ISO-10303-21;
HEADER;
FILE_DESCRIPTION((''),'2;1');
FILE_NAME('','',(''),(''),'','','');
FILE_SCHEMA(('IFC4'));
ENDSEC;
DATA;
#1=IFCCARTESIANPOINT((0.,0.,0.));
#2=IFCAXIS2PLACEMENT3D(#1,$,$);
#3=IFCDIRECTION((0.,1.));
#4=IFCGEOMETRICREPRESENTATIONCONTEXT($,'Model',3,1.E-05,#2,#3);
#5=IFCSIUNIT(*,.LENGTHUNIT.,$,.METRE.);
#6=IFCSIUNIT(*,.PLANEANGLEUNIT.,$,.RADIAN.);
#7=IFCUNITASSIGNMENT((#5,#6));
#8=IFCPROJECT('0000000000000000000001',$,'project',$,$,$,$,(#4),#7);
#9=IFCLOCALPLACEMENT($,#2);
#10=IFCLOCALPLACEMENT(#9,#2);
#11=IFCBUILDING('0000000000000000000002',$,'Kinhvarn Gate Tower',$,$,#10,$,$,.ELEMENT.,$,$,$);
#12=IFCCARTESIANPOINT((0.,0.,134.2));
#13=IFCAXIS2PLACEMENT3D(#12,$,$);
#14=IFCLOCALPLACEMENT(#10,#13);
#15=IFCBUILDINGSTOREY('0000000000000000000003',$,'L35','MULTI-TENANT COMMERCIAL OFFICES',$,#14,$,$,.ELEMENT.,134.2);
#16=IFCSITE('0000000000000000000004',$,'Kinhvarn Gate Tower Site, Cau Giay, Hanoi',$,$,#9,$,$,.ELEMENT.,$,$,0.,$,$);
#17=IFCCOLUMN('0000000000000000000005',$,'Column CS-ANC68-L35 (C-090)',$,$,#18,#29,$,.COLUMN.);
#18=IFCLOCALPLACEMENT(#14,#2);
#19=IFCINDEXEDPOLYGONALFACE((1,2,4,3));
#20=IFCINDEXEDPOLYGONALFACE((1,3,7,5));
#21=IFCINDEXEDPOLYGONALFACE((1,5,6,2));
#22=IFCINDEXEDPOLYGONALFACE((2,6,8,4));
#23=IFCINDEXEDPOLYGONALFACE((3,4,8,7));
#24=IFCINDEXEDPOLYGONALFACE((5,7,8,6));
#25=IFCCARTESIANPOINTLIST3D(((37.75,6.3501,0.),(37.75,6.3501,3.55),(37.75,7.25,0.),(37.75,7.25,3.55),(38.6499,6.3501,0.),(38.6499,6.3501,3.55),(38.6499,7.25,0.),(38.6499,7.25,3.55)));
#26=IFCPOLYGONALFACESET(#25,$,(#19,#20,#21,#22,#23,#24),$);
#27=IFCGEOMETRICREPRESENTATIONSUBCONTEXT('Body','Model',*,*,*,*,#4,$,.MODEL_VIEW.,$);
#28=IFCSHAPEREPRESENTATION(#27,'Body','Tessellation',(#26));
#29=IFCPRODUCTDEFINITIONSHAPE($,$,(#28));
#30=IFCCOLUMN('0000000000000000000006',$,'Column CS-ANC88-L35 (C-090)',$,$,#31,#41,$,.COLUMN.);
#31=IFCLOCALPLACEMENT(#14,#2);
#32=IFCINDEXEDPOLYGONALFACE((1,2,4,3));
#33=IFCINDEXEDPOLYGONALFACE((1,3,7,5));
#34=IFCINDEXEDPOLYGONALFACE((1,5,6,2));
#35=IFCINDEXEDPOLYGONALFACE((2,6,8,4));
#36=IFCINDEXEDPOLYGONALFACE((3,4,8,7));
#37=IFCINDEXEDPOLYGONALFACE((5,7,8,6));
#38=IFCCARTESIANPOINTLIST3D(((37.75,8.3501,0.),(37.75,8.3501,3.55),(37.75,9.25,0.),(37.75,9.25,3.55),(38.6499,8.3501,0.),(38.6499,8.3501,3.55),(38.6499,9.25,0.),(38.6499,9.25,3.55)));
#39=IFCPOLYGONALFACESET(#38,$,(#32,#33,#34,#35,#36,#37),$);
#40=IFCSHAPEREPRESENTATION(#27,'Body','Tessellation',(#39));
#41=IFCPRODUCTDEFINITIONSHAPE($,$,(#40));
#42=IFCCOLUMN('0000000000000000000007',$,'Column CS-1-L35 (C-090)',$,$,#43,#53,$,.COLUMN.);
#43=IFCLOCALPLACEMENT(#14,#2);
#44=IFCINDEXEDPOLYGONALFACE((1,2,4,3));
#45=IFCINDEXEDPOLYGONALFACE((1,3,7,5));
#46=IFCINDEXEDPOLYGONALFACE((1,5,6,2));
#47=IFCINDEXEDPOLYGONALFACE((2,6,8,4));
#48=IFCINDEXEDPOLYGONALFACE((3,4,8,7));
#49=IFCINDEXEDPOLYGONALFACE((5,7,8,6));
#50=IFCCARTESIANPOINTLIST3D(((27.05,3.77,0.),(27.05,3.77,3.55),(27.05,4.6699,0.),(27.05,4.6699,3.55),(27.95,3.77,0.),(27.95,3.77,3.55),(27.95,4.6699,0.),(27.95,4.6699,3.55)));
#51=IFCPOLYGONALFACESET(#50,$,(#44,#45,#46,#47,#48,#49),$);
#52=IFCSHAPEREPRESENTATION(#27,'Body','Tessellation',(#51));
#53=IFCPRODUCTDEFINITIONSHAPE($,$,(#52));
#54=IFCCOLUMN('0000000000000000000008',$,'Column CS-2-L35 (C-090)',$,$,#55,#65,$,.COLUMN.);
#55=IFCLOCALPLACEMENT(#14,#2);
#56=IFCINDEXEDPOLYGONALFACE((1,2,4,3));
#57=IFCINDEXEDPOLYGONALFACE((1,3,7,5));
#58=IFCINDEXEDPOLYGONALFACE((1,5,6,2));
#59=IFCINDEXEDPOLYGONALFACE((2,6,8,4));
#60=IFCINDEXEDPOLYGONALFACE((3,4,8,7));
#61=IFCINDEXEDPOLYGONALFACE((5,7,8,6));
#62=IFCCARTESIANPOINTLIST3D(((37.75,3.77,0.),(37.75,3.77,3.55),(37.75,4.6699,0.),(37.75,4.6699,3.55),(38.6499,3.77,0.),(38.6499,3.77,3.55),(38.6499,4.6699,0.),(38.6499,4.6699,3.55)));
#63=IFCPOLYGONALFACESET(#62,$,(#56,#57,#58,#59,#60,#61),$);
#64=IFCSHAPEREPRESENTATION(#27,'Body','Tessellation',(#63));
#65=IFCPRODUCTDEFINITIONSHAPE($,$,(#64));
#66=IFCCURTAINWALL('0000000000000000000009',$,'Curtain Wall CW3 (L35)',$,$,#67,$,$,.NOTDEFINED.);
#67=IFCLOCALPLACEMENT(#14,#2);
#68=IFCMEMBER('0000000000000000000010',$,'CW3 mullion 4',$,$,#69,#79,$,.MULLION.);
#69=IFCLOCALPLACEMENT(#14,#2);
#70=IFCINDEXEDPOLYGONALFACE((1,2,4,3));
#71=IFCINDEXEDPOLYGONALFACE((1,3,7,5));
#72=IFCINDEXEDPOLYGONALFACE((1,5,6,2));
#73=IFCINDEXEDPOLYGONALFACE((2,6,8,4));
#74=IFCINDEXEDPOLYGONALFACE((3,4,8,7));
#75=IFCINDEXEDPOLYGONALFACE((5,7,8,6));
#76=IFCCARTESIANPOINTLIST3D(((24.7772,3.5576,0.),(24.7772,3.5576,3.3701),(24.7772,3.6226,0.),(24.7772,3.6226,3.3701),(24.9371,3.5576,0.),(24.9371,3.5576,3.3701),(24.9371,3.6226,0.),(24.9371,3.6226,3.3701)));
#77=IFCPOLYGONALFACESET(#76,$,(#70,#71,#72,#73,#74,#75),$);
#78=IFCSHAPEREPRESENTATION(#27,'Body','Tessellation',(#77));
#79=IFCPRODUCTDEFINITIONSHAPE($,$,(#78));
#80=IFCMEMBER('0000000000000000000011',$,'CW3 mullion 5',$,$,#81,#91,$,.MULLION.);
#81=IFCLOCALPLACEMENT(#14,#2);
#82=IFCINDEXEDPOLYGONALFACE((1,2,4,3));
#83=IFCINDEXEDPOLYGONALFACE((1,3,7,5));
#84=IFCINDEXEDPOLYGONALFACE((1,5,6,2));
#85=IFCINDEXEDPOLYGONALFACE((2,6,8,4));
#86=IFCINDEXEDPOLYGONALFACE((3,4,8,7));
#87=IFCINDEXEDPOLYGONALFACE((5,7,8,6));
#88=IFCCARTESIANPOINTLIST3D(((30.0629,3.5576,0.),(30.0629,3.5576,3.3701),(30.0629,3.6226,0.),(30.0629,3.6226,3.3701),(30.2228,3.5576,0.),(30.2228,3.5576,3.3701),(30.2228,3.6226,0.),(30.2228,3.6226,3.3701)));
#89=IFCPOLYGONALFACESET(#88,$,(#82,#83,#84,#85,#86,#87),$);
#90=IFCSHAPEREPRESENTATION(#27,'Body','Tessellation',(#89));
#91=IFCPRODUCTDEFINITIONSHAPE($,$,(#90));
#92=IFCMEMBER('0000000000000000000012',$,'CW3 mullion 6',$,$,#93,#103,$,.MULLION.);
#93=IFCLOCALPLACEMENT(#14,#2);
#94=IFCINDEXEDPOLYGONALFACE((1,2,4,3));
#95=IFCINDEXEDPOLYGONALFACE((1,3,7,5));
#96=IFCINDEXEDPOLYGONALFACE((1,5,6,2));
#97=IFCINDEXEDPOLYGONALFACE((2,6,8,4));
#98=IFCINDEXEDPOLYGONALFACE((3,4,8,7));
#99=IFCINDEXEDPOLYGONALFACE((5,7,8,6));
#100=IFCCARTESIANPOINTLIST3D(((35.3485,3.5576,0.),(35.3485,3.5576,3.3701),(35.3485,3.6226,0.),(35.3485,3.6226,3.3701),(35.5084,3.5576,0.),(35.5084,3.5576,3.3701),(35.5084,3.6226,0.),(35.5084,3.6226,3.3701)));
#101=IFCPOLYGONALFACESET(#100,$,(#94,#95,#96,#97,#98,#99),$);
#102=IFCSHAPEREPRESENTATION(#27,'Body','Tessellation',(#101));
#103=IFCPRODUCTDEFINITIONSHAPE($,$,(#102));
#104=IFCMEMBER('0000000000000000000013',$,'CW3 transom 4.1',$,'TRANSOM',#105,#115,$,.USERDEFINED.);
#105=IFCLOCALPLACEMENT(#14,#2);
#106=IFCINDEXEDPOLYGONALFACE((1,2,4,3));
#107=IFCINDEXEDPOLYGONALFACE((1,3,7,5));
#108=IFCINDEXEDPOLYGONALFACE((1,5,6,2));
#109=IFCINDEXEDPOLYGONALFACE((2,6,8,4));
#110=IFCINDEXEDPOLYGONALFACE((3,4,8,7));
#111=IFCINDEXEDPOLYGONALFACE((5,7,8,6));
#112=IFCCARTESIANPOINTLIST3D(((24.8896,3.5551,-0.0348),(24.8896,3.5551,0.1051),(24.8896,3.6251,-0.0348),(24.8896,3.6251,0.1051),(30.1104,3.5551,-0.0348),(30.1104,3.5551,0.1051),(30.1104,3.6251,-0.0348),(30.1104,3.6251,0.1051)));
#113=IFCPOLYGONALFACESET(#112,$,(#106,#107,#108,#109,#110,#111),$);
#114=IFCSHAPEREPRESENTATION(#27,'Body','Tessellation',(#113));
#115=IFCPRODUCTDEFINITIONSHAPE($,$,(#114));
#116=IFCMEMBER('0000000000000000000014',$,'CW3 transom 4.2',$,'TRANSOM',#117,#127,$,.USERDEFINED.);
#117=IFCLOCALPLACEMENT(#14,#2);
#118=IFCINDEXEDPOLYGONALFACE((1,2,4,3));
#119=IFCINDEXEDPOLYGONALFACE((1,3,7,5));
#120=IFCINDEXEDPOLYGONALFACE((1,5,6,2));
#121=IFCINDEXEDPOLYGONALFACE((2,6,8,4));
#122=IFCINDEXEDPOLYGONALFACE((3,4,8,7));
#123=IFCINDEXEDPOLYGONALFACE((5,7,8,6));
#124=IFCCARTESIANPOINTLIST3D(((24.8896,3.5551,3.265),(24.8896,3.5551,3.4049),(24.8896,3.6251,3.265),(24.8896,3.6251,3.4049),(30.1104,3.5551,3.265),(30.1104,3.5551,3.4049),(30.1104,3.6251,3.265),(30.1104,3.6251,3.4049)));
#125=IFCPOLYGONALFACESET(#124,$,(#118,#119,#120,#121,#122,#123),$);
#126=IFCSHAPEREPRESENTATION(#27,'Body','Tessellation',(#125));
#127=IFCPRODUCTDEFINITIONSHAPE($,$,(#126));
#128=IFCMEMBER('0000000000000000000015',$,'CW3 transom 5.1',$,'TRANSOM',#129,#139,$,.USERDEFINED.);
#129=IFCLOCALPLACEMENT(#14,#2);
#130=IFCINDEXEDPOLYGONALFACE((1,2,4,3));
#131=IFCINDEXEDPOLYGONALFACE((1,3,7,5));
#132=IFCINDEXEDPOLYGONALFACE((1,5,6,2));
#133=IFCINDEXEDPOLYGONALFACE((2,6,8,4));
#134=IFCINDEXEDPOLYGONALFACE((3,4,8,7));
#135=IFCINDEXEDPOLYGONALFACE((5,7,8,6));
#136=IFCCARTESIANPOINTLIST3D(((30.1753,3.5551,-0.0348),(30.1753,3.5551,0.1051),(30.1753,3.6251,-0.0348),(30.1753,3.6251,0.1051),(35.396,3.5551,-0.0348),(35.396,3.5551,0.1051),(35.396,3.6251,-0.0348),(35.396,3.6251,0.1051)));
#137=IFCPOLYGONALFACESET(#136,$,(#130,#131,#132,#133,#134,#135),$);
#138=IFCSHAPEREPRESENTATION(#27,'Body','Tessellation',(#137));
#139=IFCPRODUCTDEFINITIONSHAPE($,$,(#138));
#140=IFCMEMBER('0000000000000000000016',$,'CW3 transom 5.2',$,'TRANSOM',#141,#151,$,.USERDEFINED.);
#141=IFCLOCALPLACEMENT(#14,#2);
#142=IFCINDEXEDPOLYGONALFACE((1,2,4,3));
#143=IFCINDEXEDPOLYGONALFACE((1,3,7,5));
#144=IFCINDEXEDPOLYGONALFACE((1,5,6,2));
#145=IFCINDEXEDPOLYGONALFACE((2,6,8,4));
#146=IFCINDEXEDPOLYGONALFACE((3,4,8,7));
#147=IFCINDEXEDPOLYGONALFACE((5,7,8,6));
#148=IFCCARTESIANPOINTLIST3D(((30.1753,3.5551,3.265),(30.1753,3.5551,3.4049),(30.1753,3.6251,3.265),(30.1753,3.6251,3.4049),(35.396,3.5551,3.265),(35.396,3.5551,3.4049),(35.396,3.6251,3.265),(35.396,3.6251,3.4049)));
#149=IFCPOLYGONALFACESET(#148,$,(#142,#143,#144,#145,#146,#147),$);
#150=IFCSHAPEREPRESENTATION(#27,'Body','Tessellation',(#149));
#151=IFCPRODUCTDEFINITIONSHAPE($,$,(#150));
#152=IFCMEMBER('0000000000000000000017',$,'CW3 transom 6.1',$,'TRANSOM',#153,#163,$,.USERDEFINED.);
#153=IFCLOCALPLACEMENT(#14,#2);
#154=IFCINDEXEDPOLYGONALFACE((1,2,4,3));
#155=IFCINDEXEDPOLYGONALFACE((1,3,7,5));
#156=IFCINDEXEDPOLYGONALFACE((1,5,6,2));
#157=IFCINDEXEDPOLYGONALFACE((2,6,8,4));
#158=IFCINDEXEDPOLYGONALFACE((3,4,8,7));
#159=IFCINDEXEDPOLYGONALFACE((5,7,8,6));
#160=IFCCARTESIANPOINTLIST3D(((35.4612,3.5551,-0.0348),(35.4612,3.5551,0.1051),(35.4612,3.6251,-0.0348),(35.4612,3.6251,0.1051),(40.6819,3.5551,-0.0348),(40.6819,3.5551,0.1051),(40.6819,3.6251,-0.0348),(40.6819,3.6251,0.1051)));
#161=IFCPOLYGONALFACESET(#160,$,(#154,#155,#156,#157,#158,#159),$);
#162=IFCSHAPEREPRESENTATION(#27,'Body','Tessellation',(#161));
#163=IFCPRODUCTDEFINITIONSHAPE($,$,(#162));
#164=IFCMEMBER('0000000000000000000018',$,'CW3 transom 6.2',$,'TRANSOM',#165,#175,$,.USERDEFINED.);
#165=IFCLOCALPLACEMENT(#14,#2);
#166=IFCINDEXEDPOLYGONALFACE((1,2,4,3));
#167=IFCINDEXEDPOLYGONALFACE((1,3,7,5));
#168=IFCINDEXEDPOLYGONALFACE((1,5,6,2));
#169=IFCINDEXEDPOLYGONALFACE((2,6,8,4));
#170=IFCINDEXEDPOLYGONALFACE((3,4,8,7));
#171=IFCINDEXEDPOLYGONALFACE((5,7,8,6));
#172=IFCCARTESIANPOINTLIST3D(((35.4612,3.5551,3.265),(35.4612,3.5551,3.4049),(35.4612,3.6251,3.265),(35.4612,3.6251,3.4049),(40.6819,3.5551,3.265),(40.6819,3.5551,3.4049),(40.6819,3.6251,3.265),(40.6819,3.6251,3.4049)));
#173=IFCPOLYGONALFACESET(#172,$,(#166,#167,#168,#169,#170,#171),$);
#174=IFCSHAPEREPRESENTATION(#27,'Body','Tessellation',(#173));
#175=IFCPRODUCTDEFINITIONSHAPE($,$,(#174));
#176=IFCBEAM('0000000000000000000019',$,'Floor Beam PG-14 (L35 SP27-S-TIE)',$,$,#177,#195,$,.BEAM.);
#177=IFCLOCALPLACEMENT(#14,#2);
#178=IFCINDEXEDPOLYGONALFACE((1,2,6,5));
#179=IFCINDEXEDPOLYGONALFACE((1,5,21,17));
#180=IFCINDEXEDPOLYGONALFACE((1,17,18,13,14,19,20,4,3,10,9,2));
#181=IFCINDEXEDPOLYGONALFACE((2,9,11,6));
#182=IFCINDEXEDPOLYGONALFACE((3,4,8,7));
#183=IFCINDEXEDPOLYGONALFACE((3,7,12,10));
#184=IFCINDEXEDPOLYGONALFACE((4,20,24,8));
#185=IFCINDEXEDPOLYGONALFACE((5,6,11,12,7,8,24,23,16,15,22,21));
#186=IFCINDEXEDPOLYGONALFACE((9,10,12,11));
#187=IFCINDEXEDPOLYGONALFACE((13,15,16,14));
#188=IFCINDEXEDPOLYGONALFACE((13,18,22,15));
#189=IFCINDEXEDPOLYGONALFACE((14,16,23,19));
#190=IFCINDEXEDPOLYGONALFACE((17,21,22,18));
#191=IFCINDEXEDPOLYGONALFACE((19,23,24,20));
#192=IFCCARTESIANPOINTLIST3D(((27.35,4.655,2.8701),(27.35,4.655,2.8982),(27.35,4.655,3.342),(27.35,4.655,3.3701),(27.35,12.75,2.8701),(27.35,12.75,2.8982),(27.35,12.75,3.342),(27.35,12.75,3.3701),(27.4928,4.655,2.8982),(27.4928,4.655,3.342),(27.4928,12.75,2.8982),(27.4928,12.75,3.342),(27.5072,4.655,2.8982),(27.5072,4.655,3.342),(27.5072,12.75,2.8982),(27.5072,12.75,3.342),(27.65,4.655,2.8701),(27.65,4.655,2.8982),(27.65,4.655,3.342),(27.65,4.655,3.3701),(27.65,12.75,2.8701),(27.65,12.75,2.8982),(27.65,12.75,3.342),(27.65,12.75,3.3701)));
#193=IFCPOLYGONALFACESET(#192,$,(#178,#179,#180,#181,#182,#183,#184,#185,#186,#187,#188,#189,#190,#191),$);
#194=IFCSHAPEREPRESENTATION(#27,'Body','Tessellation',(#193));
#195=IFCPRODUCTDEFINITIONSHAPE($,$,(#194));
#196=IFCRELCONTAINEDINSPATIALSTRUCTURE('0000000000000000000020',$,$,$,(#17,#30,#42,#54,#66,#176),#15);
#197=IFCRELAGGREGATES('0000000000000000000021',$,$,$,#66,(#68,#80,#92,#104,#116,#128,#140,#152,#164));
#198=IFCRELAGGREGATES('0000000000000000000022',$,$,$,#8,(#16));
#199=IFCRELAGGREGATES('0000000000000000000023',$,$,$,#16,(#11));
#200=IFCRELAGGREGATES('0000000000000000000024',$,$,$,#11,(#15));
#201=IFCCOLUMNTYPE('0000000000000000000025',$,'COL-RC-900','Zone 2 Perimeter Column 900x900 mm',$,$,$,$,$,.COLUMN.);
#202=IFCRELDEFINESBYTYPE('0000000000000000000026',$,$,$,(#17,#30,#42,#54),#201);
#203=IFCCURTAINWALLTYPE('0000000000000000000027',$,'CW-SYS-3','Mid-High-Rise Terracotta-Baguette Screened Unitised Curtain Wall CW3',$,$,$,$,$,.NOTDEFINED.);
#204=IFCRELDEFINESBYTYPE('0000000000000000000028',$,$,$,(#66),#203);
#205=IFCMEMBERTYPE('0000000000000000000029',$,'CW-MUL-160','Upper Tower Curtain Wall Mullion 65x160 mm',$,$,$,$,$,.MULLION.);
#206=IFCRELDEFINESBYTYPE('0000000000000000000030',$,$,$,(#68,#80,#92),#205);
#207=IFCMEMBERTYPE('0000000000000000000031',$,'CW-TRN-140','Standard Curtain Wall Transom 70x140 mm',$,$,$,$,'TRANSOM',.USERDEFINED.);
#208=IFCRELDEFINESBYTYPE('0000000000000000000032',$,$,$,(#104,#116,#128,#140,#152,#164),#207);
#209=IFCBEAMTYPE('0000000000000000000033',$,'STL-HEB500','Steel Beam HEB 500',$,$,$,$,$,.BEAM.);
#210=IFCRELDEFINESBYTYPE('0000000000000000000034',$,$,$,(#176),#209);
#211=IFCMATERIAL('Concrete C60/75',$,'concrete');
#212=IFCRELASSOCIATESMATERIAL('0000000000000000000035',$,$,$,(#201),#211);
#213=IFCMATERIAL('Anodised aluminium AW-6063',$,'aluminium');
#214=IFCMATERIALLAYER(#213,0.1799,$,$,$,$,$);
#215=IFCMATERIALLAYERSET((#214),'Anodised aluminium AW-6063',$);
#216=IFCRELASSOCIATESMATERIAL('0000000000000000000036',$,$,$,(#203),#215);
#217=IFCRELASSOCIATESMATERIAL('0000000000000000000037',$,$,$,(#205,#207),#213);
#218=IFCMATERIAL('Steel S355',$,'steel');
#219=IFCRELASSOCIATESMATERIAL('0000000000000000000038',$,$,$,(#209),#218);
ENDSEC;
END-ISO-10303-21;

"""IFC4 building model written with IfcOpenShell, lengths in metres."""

from ifc_helpers import new_model, si_unit, direction, frame, origin, origin_2d, place, context, subcontext, project, spatial, rectangle, i_section, extrude, material, layer, layer_set, material_profile, profile_set, type_object, element, aggregate, save


model = new_model("IFC4")

# Units and contexts
model_context = context("Model", 3, precision=1e-05, world=origin(), true_north=direction((0.0, 1.0)))
body_context = subcontext(model_context, "Body", "Model", "MODEL_VIEW")
ifc_project = project(units=[si_unit("LENGTHUNIT", "METRE"), si_unit("PLANEANGLEUNIT", "RADIAN")], contexts=[model_context])

# Site, building, storey
site_placement = place(None, origin())
site = spatial("IfcSite", under=ifc_project, at=site_placement, Name="Kinhvarn Gate Tower Site, Cau Giay, Hanoi", CompositionType="ELEMENT", RefElevation=0.0)
building_placement = place(site_placement, origin())
building = spatial("IfcBuilding", under=site, at=building_placement, Name="Kinhvarn Gate Tower", CompositionType="ELEMENT")
storey_placement = place(building_placement, frame((0.0, 0.0, 134.2)))
storey = spatial("IfcBuildingStorey", under=building, at=storey_placement, Name="L35", Description="MULTI-TENANT COMMERCIAL OFFICES", CompositionType="ELEMENT", Elevation=134.2)

# Columns
ifc_material_1 = material(Name="Concrete C60/75", Category="concrete")
ifc_material_profile_1 = material_profile(ifc_material_1, rectangle(XDim=0.8999, YDim=0.8999, at=origin_2d()), Name="RC 900x900")
ifc_profile_set_1 = profile_set([ifc_material_profile_1], Name="Concrete C60/75")
column_type = type_object("IfcColumnType", Name="COL-RC-900", Description="Zone 2 Perimeter Column 900x900 mm", PredefinedType="COLUMN", material=ifc_profile_set_1)
for number, where, z_axis, x_axis, name in (
    (1, (38.2, 6.8, 0.0), (0.0, 0.0, 1.0), (1.0, 0.0, 0.0), "Column CS-ANC68-L35 (C-090)"),
    (2, (38.2, 8.8, 0.0), (0.0, 0.0, 1.0), (1.0, 0.0, 0.0), "Column CS-ANC88-L35 (C-090)"),
    (3, (27.5, 4.22, 0.0), (0.0, 0.0, 1.0), (1.0, 0.0, 0.0), "Column CS-1-L35 (C-090)"),
    (4, (38.2, 4.22, 0.0), (0.0, 0.0, 1.0), (1.0, 0.0, 0.0), "Column CS-2-L35 (C-090)"),
):
    element("IfcColumn", number, at=place(storey_placement, frame(where, z_axis=z_axis, x_axis=x_axis)), inside=storey, type_object=column_type, Name=name, PredefinedType="COLUMN", context=body_context, shape_type="SweptSolid", body=[
        extrude(rectangle(XDim=0.8999, YDim=0.8999, at=origin_2d()), origin(), (0.0, 0.0, 1.0), 3.55),
    ])

# Curtain wall, members
ifc_material_2 = material(Name="Anodised aluminium AW-6063", Category="aluminium")
ifc_layer_1 = layer(ifc_material_2, 0.1799)
ifc_layer_set_1 = layer_set([ifc_layer_1], Name="Anodised aluminium AW-6063")
curtain_wall_type = type_object("IfcCurtainWallType", Name="CW-SYS-3", Description="Mid-High-Rise Terracotta-Baguette Screened Unitised Curtain Wall CW3", PredefinedType="NOTDEFINED", material=ifc_layer_set_1)
curtain_wall_placement = place(storey_placement, origin())
curtain_wall = element("IfcCurtainWall", 5, at=curtain_wall_placement, inside=storey, type_object=curtain_wall_type, Name="Curtain Wall CW3 (L35)", PredefinedType="NOTDEFINED")
ifc_material_profile_2 = material_profile(ifc_material_2, rectangle(XDim=0.0649, YDim=0.1599, at=origin_2d()), Name="ALU 65x160")
ifc_profile_set_2 = profile_set([ifc_material_profile_2], Name="Anodised aluminium AW-6063")
member_type_1 = type_object("IfcMemberType", Name="CW-MUL-160", Description="Upper Tower Curtain Wall Mullion 65x160 mm", PredefinedType="MULLION", material=ifc_profile_set_2)
member_1_placement = place(storey_placement, frame((24.8572, 3.5901, 0.0), z_axis=(0.0, 0.0, 1.0), x_axis=(0.0, 1.0, 0.0)))
member_1 = element("IfcMember", 6, at=member_1_placement, type_object=member_type_1, Name="CW3 mullion 4", PredefinedType="MULLION", context=body_context, shape_type="SweptSolid", body=[
    extrude(rectangle(XDim=0.0649, YDim=0.1599, at=origin_2d()), origin(), (0.0, 0.0, 1.0), 3.3701),
])
member_2_placement = place(storey_placement, frame((30.1428, 3.5901, 0.0), z_axis=(0.0, 0.0, 1.0), x_axis=(0.0, 1.0, 0.0)))
member_2 = element("IfcMember", 7, at=member_2_placement, type_object=member_type_1, Name="CW3 mullion 5", PredefinedType="MULLION", context=body_context, shape_type="SweptSolid", body=[
    extrude(rectangle(XDim=0.0649, YDim=0.1599, at=origin_2d()), origin(), (0.0, 0.0, 1.0), 3.3701),
])
member_3_placement = place(storey_placement, frame((35.4285, 3.5901, 0.0), z_axis=(0.0, 0.0, 1.0), x_axis=(0.0, 1.0, 0.0)))
member_3 = element("IfcMember", 8, at=member_3_placement, type_object=member_type_1, Name="CW3 mullion 6", PredefinedType="MULLION", context=body_context, shape_type="SweptSolid", body=[
    extrude(rectangle(XDim=0.0649, YDim=0.1599, at=origin_2d()), origin(), (0.0, 0.0, 1.0), 3.3701),
])
ifc_material_profile_3 = material_profile(ifc_material_2, rectangle(XDim=0.0701, YDim=0.1399, at=origin_2d()), Name="ALU 70x140")
ifc_profile_set_3 = profile_set([ifc_material_profile_3], Name="Anodised aluminium AW-6063")
member_type_2 = type_object("IfcMemberType", Name="CW-TRN-140", Description="Standard Curtain Wall Transom 70x140 mm", ElementType="TRANSOM", PredefinedType="USERDEFINED", material=ifc_profile_set_3)
member_4_placement = place(storey_placement, frame((24.8896, 3.5901, 0.0352), z_axis=(1.0, 0.0, 0.0), x_axis=(0.0, 1.0, 0.0)))
member_4 = element("IfcMember", 9, at=member_4_placement, type_object=member_type_2, Name="CW3 transom 4.1", ObjectType="TRANSOM", PredefinedType="USERDEFINED", context=body_context, shape_type="SweptSolid", body=[
    extrude(rectangle(XDim=0.0701, YDim=0.1399, at=origin_2d()), origin(), (0.0, 0.0, 1.0), 5.2207),
])
member_5_placement = place(storey_placement, frame((24.8896, 3.5901, 3.335), z_axis=(1.0, 0.0, 0.0), x_axis=(0.0, 1.0, 0.0)))
member_5 = element("IfcMember", 10, at=member_5_placement, type_object=member_type_2, Name="CW3 transom 4.2", ObjectType="TRANSOM", PredefinedType="USERDEFINED", context=body_context, shape_type="SweptSolid", body=[
    extrude(rectangle(XDim=0.0701, YDim=0.1399, at=origin_2d()), origin(), (0.0, 0.0, 1.0), 5.2207),
])
member_6_placement = place(storey_placement, frame((30.1753, 3.5901, 0.0352), z_axis=(1.0, 0.0, 0.0), x_axis=(0.0, 1.0, 0.0)))
member_6 = element("IfcMember", 11, at=member_6_placement, type_object=member_type_2, Name="CW3 transom 5.1", ObjectType="TRANSOM", PredefinedType="USERDEFINED", context=body_context, shape_type="SweptSolid", body=[
    extrude(rectangle(XDim=0.0701, YDim=0.1399, at=origin_2d()), origin(), (0.0, 0.0, 1.0), 5.2207),
])
member_7_placement = place(storey_placement, frame((30.1753, 3.5901, 3.335), z_axis=(1.0, 0.0, 0.0), x_axis=(0.0, 1.0, 0.0)))
member_7 = element("IfcMember", 12, at=member_7_placement, type_object=member_type_2, Name="CW3 transom 5.2", ObjectType="TRANSOM", PredefinedType="USERDEFINED", context=body_context, shape_type="SweptSolid", body=[
    extrude(rectangle(XDim=0.0701, YDim=0.1399, at=origin_2d()), origin(), (0.0, 0.0, 1.0), 5.2207),
])
member_8_placement = place(storey_placement, frame((35.4612, 3.5901, 0.0352), z_axis=(1.0, 0.0, 0.0), x_axis=(0.0, 1.0, 0.0)))
member_8 = element("IfcMember", 13, at=member_8_placement, type_object=member_type_2, Name="CW3 transom 6.1", ObjectType="TRANSOM", PredefinedType="USERDEFINED", context=body_context, shape_type="SweptSolid", body=[
    extrude(rectangle(XDim=0.0701, YDim=0.1399, at=origin_2d()), origin(), (0.0, 0.0, 1.0), 5.2207),
])
member_9_placement = place(storey_placement, frame((35.4612, 3.5901, 3.335), z_axis=(1.0, 0.0, 0.0), x_axis=(0.0, 1.0, 0.0)))
member_9 = element("IfcMember", 14, at=member_9_placement, type_object=member_type_2, Name="CW3 transom 6.2", ObjectType="TRANSOM", PredefinedType="USERDEFINED", context=body_context, shape_type="SweptSolid", body=[
    extrude(rectangle(XDim=0.0701, YDim=0.1399, at=origin_2d()), origin(), (0.0, 0.0, 1.0), 5.2207),
])

# Beam
ifc_material_3 = material(Name="Steel S355", Category="steel")
ifc_material_profile_4 = material_profile(ifc_material_3, i_section(OverallWidth=0.3, OverallDepth=0.5, WebThickness=0.0144, FlangeThickness=0.0281, at=origin_2d()), Name="HEB 500")
ifc_profile_set_4 = profile_set([ifc_material_profile_4], Name="Steel S355")
beam_type_1 = type_object("IfcBeamType", Name="STL-HEB500", Description="Steel Beam HEB 500", PredefinedType="BEAM", material=ifc_profile_set_4)
beam_1_placement = place(storey_placement, frame((27.5, 4.655, 3.1201), z_axis=(0.0, 1.0, 0.0), x_axis=(-1.0, 0.0, 0.0)))
element("IfcBeam", 15, at=beam_1_placement, inside=storey, type_object=beam_type_1, Name="Floor Beam PG-14 (L35 SP27-S-TIE)", PredefinedType="BEAM", context=body_context, shape_type="SweptSolid", body=[
    extrude(i_section(OverallWidth=0.3, OverallDepth=0.5, WebThickness=0.0144, FlangeThickness=0.0281, at=origin_2d()), origin(), (0.0, 0.0, 1.0), 8.095),
])

aggregate(curtain_wall, [member_1, member_2, member_3, member_4, member_5, member_6, member_7, member_8, member_9])

save(model, "model.ifc")
